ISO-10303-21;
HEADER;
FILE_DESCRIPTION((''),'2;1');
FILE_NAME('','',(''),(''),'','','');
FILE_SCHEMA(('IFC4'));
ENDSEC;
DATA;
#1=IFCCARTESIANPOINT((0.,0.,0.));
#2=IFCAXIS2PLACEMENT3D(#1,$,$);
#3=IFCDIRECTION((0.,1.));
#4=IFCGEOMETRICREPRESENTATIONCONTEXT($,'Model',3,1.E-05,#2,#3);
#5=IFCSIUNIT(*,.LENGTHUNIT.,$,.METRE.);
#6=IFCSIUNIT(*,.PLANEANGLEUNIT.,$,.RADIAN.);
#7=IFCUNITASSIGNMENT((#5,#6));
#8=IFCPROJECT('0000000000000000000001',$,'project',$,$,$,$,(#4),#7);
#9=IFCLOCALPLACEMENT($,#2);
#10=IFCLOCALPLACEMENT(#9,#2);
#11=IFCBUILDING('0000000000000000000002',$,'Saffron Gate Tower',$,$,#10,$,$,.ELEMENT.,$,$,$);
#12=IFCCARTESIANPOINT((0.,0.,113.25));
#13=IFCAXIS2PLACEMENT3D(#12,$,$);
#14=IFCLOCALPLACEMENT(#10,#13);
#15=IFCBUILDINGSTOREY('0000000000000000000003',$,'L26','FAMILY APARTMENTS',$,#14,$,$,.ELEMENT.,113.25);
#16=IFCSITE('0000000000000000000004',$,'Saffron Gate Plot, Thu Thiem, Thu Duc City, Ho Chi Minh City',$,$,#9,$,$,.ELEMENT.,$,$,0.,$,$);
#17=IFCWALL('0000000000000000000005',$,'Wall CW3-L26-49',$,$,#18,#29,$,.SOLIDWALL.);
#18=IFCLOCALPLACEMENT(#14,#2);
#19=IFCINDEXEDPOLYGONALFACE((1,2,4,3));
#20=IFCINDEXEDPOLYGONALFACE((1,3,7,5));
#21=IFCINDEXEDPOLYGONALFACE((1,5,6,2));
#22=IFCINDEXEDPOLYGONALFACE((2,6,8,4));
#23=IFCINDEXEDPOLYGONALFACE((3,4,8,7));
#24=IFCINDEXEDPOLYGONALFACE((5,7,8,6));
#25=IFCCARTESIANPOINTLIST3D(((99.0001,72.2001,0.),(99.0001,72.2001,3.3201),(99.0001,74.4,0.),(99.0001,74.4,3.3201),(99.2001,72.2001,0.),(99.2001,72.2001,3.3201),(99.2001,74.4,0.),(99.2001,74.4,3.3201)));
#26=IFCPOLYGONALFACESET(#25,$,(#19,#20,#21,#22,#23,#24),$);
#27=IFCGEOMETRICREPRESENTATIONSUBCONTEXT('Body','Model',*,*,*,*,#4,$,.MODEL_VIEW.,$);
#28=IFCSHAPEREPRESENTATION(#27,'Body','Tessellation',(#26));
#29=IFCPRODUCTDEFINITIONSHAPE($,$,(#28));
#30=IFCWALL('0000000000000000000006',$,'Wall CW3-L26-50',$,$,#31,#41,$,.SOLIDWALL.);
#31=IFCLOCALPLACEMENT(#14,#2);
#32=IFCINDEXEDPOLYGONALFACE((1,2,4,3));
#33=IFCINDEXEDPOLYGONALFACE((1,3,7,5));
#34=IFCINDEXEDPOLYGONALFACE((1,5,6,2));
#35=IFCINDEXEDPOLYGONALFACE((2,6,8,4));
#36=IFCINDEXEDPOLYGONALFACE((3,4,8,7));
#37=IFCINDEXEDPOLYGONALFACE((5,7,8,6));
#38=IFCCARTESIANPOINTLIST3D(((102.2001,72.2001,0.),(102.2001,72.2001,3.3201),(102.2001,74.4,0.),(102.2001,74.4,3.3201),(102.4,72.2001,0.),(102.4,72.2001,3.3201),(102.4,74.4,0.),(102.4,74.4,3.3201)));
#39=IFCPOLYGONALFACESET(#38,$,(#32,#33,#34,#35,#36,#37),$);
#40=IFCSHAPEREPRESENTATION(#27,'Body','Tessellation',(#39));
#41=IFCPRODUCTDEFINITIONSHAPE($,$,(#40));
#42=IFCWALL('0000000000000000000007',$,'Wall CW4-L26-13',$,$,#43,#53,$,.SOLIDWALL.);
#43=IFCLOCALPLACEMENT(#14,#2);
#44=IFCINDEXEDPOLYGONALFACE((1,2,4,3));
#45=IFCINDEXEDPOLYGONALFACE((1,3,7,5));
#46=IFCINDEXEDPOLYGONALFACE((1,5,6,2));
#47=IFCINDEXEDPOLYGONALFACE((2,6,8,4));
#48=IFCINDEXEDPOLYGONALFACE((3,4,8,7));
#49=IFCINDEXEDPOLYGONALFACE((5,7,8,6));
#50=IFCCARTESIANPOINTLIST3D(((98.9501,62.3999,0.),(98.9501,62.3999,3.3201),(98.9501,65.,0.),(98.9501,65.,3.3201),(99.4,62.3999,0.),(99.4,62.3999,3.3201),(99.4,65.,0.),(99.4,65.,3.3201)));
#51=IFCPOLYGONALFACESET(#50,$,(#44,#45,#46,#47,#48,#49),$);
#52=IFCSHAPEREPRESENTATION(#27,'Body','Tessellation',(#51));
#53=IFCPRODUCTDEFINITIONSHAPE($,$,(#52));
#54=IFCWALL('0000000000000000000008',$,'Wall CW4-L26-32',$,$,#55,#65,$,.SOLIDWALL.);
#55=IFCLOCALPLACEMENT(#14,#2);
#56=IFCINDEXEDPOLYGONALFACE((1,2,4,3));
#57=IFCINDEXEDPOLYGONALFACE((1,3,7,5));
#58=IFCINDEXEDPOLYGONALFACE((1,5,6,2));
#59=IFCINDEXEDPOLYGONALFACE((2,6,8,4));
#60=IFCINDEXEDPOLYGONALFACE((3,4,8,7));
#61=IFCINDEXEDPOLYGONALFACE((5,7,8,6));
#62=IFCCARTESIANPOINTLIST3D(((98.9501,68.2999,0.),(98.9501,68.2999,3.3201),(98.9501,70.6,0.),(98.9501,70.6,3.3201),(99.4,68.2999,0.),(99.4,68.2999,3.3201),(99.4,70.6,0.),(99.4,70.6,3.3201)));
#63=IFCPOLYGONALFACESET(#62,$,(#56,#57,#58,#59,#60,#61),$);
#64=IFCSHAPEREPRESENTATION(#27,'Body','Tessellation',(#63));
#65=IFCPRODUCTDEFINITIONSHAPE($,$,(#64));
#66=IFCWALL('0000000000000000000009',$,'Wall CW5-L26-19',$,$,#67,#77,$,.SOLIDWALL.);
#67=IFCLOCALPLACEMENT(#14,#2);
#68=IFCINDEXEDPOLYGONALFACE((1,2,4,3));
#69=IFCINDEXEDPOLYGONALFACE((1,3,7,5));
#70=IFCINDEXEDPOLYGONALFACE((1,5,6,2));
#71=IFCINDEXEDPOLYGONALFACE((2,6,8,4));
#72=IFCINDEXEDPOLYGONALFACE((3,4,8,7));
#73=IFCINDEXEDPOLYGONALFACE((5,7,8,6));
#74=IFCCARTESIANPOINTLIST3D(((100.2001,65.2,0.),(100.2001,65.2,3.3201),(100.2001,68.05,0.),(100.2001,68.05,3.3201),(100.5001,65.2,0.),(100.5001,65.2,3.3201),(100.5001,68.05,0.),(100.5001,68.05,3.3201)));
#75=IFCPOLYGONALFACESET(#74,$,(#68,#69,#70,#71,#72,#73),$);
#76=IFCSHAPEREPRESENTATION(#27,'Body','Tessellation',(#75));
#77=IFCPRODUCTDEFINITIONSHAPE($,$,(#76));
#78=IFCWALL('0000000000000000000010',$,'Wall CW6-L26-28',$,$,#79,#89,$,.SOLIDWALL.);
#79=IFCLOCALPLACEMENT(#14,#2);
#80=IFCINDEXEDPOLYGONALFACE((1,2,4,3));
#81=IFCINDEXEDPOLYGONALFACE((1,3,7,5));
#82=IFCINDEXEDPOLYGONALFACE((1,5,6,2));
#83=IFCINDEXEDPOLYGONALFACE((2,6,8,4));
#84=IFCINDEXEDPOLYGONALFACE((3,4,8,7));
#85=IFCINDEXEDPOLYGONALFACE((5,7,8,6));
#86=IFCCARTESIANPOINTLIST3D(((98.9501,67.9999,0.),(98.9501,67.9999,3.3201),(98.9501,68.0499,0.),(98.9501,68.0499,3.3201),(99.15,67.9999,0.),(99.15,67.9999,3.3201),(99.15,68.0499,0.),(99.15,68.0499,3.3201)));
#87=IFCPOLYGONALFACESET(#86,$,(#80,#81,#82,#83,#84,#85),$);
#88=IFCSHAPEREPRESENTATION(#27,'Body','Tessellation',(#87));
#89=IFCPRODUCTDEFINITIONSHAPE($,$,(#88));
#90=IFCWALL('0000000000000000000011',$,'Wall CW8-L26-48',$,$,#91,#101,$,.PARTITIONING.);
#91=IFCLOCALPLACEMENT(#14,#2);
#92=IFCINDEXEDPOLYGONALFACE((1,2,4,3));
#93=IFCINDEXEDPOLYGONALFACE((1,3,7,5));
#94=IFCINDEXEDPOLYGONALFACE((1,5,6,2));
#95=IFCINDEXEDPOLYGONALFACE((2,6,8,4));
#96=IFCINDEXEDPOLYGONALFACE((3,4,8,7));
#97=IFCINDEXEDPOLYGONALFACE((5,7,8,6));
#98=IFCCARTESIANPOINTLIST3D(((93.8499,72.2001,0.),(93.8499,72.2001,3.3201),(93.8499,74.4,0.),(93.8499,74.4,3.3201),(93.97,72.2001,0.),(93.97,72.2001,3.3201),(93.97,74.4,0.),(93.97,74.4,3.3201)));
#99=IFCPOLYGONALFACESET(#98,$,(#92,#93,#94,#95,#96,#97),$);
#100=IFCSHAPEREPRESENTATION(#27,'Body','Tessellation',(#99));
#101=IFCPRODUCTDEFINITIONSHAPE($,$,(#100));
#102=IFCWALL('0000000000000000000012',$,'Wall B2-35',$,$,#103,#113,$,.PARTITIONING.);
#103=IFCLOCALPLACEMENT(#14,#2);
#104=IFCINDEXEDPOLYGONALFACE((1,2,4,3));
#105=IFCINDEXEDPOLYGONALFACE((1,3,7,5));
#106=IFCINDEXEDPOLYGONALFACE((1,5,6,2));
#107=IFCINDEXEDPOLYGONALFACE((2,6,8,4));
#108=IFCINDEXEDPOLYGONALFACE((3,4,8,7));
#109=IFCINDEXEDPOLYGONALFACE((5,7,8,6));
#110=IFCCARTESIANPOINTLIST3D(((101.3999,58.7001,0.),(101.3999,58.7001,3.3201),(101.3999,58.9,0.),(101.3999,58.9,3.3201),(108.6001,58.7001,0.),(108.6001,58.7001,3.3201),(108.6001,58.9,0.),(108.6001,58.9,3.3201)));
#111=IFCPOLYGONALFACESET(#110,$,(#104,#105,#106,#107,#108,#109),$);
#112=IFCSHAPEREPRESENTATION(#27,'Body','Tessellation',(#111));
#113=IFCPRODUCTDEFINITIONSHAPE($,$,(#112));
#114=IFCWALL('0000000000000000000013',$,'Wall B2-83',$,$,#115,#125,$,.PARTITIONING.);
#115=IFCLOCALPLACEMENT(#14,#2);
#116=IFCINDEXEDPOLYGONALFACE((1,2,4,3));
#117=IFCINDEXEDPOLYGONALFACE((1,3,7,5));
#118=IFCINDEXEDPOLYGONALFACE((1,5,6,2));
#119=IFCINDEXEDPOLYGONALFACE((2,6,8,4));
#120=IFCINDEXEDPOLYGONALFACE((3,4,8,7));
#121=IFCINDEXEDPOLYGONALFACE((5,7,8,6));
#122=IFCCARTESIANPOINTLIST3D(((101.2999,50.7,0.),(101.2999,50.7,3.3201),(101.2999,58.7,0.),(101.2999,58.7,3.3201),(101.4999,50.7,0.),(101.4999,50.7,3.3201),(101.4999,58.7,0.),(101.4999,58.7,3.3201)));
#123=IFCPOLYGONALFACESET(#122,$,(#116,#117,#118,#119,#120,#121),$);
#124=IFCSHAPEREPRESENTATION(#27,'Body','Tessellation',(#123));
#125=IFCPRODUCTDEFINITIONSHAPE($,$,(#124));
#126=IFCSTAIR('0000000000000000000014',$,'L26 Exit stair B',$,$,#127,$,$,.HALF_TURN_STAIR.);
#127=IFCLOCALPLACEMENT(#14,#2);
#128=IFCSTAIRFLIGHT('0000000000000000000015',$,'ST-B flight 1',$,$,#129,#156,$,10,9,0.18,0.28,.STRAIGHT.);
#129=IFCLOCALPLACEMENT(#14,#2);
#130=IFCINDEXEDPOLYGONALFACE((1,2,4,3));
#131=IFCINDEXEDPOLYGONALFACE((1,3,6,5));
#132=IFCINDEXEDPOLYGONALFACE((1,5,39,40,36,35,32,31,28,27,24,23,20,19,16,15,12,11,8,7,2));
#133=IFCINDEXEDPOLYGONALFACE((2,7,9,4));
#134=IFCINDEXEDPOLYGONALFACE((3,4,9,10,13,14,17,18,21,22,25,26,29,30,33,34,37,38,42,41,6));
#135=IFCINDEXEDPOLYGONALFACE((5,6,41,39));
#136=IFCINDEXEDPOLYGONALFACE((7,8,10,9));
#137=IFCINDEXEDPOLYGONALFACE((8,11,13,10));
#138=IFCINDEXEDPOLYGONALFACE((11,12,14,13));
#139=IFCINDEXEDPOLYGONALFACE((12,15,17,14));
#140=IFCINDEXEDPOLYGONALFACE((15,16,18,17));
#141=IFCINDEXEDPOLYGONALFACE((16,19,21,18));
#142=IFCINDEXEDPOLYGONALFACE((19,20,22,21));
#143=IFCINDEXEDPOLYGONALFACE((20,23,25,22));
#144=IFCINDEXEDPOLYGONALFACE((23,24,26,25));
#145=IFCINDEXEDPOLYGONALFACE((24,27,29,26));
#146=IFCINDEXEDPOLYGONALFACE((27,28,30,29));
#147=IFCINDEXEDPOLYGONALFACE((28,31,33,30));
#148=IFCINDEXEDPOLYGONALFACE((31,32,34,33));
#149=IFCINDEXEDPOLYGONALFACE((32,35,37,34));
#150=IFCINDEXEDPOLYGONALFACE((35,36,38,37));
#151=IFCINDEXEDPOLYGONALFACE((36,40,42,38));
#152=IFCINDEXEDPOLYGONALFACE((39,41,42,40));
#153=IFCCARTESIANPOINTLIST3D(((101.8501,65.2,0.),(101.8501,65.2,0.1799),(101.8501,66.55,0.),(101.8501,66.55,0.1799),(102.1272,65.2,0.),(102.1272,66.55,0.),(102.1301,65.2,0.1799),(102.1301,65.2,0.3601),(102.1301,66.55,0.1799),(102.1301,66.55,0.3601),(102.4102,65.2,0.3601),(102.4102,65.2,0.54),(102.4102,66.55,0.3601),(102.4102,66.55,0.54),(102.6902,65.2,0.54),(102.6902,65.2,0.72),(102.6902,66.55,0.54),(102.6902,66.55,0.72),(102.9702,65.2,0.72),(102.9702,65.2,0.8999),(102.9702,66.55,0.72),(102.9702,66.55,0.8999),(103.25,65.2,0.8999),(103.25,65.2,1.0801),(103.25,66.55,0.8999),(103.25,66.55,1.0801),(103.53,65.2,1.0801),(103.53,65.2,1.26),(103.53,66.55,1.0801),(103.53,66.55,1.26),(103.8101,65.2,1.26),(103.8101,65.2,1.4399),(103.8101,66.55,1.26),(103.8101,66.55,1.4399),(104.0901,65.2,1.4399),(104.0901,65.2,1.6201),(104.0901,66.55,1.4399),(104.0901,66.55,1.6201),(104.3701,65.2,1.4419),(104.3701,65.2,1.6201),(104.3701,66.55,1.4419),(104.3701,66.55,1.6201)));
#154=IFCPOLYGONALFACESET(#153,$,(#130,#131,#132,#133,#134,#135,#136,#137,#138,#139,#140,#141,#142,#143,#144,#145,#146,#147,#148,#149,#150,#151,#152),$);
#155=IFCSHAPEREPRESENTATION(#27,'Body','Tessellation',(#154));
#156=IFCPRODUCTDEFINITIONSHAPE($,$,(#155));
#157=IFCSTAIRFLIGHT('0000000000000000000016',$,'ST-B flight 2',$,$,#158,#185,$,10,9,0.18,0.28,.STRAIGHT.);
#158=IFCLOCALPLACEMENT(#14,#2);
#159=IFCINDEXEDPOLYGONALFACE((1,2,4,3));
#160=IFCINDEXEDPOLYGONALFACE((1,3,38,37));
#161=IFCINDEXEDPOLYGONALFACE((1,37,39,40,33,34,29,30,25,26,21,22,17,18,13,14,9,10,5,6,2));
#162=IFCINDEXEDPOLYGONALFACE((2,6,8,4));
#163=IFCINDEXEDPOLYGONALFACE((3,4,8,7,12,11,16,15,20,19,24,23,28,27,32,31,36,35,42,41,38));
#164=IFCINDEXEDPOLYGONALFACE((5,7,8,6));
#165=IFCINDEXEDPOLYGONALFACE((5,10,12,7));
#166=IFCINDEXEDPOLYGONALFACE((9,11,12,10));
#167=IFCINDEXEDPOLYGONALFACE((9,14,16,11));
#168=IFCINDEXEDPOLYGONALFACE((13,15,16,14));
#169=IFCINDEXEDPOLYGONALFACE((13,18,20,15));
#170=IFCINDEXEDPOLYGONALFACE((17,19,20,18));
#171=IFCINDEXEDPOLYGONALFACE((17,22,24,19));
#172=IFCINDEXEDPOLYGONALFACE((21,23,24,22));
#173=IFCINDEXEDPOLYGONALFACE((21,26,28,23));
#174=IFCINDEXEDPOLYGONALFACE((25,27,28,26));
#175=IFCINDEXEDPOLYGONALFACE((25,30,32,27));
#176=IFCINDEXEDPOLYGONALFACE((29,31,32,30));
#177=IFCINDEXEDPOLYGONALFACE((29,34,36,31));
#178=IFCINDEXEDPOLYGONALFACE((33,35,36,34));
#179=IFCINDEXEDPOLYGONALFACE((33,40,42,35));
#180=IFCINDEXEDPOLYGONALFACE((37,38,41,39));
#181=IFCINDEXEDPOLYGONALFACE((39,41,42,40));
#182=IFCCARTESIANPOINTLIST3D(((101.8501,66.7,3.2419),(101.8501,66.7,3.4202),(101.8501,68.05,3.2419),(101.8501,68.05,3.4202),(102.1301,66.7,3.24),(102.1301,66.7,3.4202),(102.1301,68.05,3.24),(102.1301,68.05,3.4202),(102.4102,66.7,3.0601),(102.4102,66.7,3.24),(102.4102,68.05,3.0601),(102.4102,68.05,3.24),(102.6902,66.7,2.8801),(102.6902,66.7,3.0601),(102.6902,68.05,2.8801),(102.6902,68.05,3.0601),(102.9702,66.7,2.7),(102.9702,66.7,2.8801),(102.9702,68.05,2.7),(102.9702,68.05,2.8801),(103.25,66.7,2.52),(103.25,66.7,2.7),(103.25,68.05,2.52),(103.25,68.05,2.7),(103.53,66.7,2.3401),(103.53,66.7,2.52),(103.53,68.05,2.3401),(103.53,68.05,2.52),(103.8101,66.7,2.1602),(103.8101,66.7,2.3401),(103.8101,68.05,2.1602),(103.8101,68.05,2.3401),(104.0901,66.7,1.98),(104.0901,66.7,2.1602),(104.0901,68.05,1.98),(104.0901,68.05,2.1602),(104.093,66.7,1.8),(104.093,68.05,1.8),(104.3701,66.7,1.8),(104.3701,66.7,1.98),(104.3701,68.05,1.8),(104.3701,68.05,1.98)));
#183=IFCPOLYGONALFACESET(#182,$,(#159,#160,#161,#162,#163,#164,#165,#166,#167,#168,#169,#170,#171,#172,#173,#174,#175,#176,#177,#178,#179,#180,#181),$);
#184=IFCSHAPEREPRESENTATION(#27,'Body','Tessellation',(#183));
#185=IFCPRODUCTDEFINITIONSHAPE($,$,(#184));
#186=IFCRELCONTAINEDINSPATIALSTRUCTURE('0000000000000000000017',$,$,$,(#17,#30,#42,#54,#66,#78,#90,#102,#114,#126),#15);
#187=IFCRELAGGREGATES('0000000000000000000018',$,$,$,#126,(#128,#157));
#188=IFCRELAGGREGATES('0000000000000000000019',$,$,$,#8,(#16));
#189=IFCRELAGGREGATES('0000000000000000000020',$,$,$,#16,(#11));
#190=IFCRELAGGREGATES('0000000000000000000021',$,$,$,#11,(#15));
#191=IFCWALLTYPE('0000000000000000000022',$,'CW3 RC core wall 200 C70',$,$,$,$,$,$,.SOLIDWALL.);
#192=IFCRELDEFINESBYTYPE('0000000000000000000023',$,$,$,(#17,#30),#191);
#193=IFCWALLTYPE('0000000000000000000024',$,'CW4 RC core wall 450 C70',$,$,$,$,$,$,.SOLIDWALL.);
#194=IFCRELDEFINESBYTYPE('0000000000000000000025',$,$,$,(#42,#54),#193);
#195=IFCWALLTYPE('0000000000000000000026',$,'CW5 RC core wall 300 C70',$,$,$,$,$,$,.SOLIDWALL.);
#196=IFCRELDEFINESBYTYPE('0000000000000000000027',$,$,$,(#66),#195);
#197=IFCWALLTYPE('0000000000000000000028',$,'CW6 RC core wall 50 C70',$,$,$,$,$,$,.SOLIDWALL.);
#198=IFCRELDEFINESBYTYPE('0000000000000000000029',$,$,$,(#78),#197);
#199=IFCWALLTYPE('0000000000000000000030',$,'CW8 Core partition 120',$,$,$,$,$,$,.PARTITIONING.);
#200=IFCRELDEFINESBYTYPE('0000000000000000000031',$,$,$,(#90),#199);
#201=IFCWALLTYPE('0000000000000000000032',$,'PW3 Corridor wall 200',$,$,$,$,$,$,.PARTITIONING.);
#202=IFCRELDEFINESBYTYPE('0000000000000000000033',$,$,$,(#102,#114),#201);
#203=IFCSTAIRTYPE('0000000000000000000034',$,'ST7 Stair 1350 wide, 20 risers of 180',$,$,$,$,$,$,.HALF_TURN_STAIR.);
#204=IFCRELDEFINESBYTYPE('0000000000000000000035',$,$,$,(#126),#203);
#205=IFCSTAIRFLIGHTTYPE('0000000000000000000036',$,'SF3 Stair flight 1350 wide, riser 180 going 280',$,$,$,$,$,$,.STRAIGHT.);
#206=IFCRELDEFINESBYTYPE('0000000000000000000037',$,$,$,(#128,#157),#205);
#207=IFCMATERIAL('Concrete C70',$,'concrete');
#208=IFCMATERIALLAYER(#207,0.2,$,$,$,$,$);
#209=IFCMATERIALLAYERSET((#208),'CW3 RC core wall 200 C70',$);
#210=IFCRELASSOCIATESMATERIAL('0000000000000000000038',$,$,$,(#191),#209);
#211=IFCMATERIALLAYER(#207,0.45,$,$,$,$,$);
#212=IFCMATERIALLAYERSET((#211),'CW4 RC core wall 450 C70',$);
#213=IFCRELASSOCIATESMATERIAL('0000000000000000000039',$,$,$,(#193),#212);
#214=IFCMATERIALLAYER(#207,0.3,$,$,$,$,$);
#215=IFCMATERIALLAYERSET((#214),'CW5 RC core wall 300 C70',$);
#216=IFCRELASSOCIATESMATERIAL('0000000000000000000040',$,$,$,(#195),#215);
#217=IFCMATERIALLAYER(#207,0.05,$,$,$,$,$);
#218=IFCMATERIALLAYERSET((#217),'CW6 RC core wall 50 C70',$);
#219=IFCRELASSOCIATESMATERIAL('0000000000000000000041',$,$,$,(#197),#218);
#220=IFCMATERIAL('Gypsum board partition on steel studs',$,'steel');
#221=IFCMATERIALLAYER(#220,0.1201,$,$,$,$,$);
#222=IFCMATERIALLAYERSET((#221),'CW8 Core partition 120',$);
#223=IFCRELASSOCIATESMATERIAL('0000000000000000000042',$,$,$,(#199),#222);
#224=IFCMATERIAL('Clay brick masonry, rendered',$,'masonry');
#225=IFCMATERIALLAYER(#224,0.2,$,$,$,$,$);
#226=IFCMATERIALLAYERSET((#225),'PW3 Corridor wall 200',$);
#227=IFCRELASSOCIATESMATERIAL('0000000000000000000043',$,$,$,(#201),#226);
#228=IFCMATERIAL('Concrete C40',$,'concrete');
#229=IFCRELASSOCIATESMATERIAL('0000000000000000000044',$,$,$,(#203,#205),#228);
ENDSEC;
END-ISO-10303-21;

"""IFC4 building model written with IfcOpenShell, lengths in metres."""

from ifc_helpers import new_model, si_unit, direction, frame, frame_2d, origin, place, context, subcontext, project, spatial, polyline, rectangle, outline, extrude, material, layer, layer_set, type_object, element, aggregate, save


model = new_model("IFC4")

# Units and contexts
model_context = context("Model", 3, precision=1e-05, world=origin(), true_north=direction((0.0, 1.0)))
body_context = subcontext(model_context, "Body", "Model", "MODEL_VIEW")
ifc_project = project(units=[si_unit("LENGTHUNIT", "METRE"), si_unit("PLANEANGLEUNIT", "RADIAN")], contexts=[model_context])

# Site, building, storey
site_placement = place(None, origin())
site = spatial("IfcSite", under=ifc_project, at=site_placement, Name="Saffron Gate Plot, Thu Thiem, Thu Duc City, Ho Chi Minh City", CompositionType="ELEMENT", RefElevation=0.0)
building_placement = place(site_placement, origin())
building = spatial("IfcBuilding", under=site, at=building_placement, Name="Saffron Gate Tower", CompositionType="ELEMENT")
storey_placement = place(building_placement, frame((0.0, 0.0, 113.25)))
storey = spatial("IfcBuildingStorey", under=building, at=storey_placement, Name="L26", Description="FAMILY APARTMENTS", CompositionType="ELEMENT", Elevation=113.25)

# Shared definitions
ifc_material_1 = material(Name="Concrete C70", Category="concrete")

# Walls
ifc_layer_1 = layer(ifc_material_1, 0.2)
ifc_layer_set_1 = layer_set([ifc_layer_1], Name="CW3 RC core wall 200 C70")
wall_type_1 = type_object("IfcWallType", Name="CW3 RC core wall 200 C70", PredefinedType="SOLIDWALL", material=ifc_layer_set_1)
for number, where, z_axis, x_axis, name in (
    (1, (99.1001, 72.2, 0.0), (0.0, 0.0, 1.0), (0.0, 1.0, 0.0), "Wall CW3-L26-49"),
    (2, (102.3, 72.2, 0.0), (0.0, 0.0, 1.0), (0.0, 1.0, 0.0), "Wall CW3-L26-50"),
):
    element("IfcWall", number, at=place(storey_placement, frame(where, z_axis=z_axis, x_axis=x_axis)), inside=storey, type_object=wall_type_1, Name=name, PredefinedType="SOLIDWALL", context=body_context, shape_type="SweptSolid", body=[
        extrude(rectangle(XDim=2.2, YDim=0.2, at=frame_2d((1.1001, 0.0))), origin(), (0.0, 0.0, 1.0), 3.3201),
    ])
ifc_layer_2 = layer(ifc_material_1, 0.45)
ifc_layer_set_2 = layer_set([ifc_layer_2], Name="CW4 RC core wall 450 C70")
wall_type_2 = type_object("IfcWallType", Name="CW4 RC core wall 450 C70", PredefinedType="SOLIDWALL", material=ifc_layer_set_2)
wall_1_placement = place(storey_placement, frame((99.175, 62.3999, 0.0), z_axis=(0.0, 0.0, 1.0), x_axis=(0.0, 1.0, 0.0)))
element("IfcWall", 3, at=wall_1_placement, inside=storey, type_object=wall_type_2, Name="Wall CW4-L26-13", PredefinedType="SOLIDWALL", context=body_context, shape_type="SweptSolid", body=[
    extrude(rectangle(XDim=2.6001, YDim=0.45, at=frame_2d((1.3, 0.0))), origin(), (0.0, 0.0, 1.0), 3.3201),
])
wall_2_placement = place(storey_placement, frame((99.175, 68.3, 0.0), z_axis=(0.0, 0.0, 1.0), x_axis=(0.0, 1.0, 0.0)))
element("IfcWall", 4, at=wall_2_placement, inside=storey, type_object=wall_type_2, Name="Wall CW4-L26-32", PredefinedType="SOLIDWALL", context=body_context, shape_type="SweptSolid", body=[
    extrude(rectangle(XDim=2.3, YDim=0.45, at=frame_2d((1.1499, 0.0))), origin(), (0.0, 0.0, 1.0), 3.3201),
])
ifc_layer_3 = layer(ifc_material_1, 0.3)
ifc_layer_set_3 = layer_set([ifc_layer_3], Name="CW5 RC core wall 300 C70")
wall_type_3 = type_object("IfcWallType", Name="CW5 RC core wall 300 C70", PredefinedType="SOLIDWALL", material=ifc_layer_set_3)
wall_3_placement = place(storey_placement, frame((100.3501, 65.2, 0.0), z_axis=(0.0, 0.0, 1.0), x_axis=(0.0, 1.0, 0.0)))
element("IfcWall", 5, at=wall_3_placement, inside=storey, type_object=wall_type_3, Name="Wall CW5-L26-19", PredefinedType="SOLIDWALL", context=body_context, shape_type="SweptSolid", body=[
    extrude(rectangle(XDim=2.8501, YDim=0.3, at=frame_2d((1.425, 0.0))), origin(), (0.0, 0.0, 1.0), 3.3201),
])
ifc_layer_4 = layer(ifc_material_1, 0.05)
ifc_layer_set_4 = layer_set([ifc_layer_4], Name="CW6 RC core wall 50 C70")
wall_type_4 = type_object("IfcWallType", Name="CW6 RC core wall 50 C70", PredefinedType="SOLIDWALL", material=ifc_layer_set_4)
wall_4_placement = place(storey_placement, frame((98.95, 68.0249, 0.0), z_axis=(0.0, 0.0, 1.0), x_axis=(1.0, 0.0, 0.0)))
element("IfcWall", 6, at=wall_4_placement, inside=storey, type_object=wall_type_4, Name="Wall CW6-L26-28", PredefinedType="SOLIDWALL", context=body_context, shape_type="SweptSolid", body=[
    extrude(rectangle(XDim=0.2, YDim=0.05, at=frame_2d((0.1001, 0.0))), origin(), (0.0, 0.0, 1.0), 3.3201),
])
ifc_material_2 = material(Name="Gypsum board partition on steel studs", Category="steel")
ifc_layer_5 = layer(ifc_material_2, 0.1201)
ifc_layer_set_5 = layer_set([ifc_layer_5], Name="CW8 Core partition 120")
wall_type_5 = type_object("IfcWallType", Name="CW8 Core partition 120", PredefinedType="PARTITIONING", material=ifc_layer_set_5)
wall_5_placement = place(storey_placement, frame((93.9099, 72.2, 0.0), z_axis=(0.0, 0.0, 1.0), x_axis=(0.0, 1.0, 0.0)))
element("IfcWall", 7, at=wall_5_placement, inside=storey, type_object=wall_type_5, Name="Wall CW8-L26-48", PredefinedType="PARTITIONING", context=body_context, shape_type="SweptSolid", body=[
    extrude(rectangle(XDim=2.2, YDim=0.1201, at=frame_2d((1.1001, 0.0))), origin(), (0.0, 0.0, 1.0), 3.3201),
])
ifc_material_3 = material(Name="Clay brick masonry, rendered", Category="masonry")
ifc_layer_6 = layer(ifc_material_3, 0.2)
ifc_layer_set_6 = layer_set([ifc_layer_6], Name="PW3 Corridor wall 200")
wall_type_6 = type_object("IfcWallType", Name="PW3 Corridor wall 200", PredefinedType="PARTITIONING", material=ifc_layer_set_6)
wall_6_placement = place(storey_placement, frame((101.3999, 58.8, 0.0), z_axis=(0.0, 0.0, 1.0), x_axis=(1.0, 0.0, 0.0)))
element("IfcWall", 8, at=wall_6_placement, inside=storey, type_object=wall_type_6, Name="Wall B2-35", PredefinedType="PARTITIONING", context=body_context, shape_type="SweptSolid", body=[
    extrude(rectangle(XDim=7.2002, YDim=0.2, at=frame_2d((3.6001, 0.0))), origin(), (0.0, 0.0, 1.0), 3.3201),
])
wall_7_placement = place(storey_placement, frame((101.3999, 58.7, 0.0), z_axis=(0.0, 0.0, 1.0), x_axis=(0.0, -1.0, 0.0)))
element("IfcWall", 9, at=wall_7_placement, inside=storey, type_object=wall_type_6, Name="Wall B2-83", PredefinedType="PARTITIONING", context=body_context, shape_type="SweptSolid", body=[
    extrude(rectangle(XDim=8.0, YDim=0.2, at=frame_2d((4.0, 0.0))), origin(), (0.0, 0.0, 1.0), 3.3201),
])

# Stair, stair flights
ifc_material_4 = material(Name="Concrete C40", Category="concrete")
stair_type = type_object("IfcStairType", Name="ST7 Stair 1350 wide, 20 risers of 180", PredefinedType="HALF_TURN_STAIR", material=ifc_material_4)
stair_placement = place(storey_placement, origin())
stair = element("IfcStair", 10, at=stair_placement, inside=storey, type_object=stair_type, Name="L26 Exit stair B", PredefinedType="HALF_TURN_STAIR")
stair_flight_type = type_object("IfcStairFlightType", Name="SF3 Stair flight 1350 wide, riser 180 going 280", PredefinedType="STRAIGHT", material=ifc_material_4)
stair_flight_1_placement = place(storey_placement, frame((101.8501, 65.875, 0.0), z_axis=(0.0, 0.0, 1.0), x_axis=(1.0, 0.0, 0.0)))
stair_flight_1 = element("IfcStairFlight", 11, at=stair_flight_1_placement, type_object=stair_flight_type, Name="ST-B flight 1", NumberOfRisers=10, NumberOfTreads=9, PredefinedType="STRAIGHT", RiserHeight=0.18, TreadLength=0.28, context=body_context, shape_type="SweptSolid", body=[
    extrude(outline(polyline([(0.0, 0.0), (0.0, 0.1799), (0.28, 0.1799), (0.28, 0.3601), (0.5601, 0.3601), (0.5601, 0.54), (0.8401, 0.54), (0.8401, 0.72), (1.1201, 0.72), (1.1201, 0.8999), (1.3999, 0.8999), (1.3999, 1.0801), (1.6799, 1.0801), (1.6799, 1.26), (1.96, 1.26), (1.96, 1.4399), (2.24, 1.4399), (2.24, 1.6201), (2.52, 1.6201), (2.52, 1.8), (2.52, 1.4419), (0.2771, 0.0), (0.0, 0.0)])), frame((0.0, 0.675, 0.0), z_axis=(0.0, -1.0, 0.0), x_axis=(1.0, 0.0, 0.0)), (0.0, 0.0, 1.0), 1.3501),
])
stair_flight_2_placement = place(storey_placement, frame((104.3701, 67.375, 1.8), z_axis=(0.0, 0.0, 1.0), x_axis=(-1.0, 0.0, 0.0)))
stair_flight_2 = element("IfcStairFlight", 12, at=stair_flight_2_placement, type_object=stair_flight_type, Name="ST-B flight 2", NumberOfRisers=10, NumberOfTreads=9, PredefinedType="STRAIGHT", RiserHeight=0.18, TreadLength=0.28, context=body_context, shape_type="SweptSolid", body=[
    extrude(outline(polyline([(0.0, 0.0), (0.0, 0.1799), (0.28, 0.1799), (0.28, 0.3601), (0.5601, 0.3601), (0.5601, 0.54), (0.8401, 0.54), (0.8401, 0.72), (1.1201, 0.72), (1.1201, 0.8999), (1.3999, 0.8999), (1.3999, 1.0801), (1.6799, 1.0801), (1.6799, 1.26), (1.96, 1.26), (1.96, 1.4399), (2.24, 1.4399), (2.24, 1.6201), (2.52, 1.6201), (2.52, 1.8), (2.52, 1.4419), (0.2771, 0.0), (0.0, 0.0)])), frame((0.0, 0.675, 0.0), z_axis=(0.0, -1.0, 0.0), x_axis=(1.0, 0.0, 0.0)), (0.0, 0.0, 1.0), 1.3501),
])
aggregate(stair, [stair_flight_1, stair_flight_2])

save(model, "model.ifc")
